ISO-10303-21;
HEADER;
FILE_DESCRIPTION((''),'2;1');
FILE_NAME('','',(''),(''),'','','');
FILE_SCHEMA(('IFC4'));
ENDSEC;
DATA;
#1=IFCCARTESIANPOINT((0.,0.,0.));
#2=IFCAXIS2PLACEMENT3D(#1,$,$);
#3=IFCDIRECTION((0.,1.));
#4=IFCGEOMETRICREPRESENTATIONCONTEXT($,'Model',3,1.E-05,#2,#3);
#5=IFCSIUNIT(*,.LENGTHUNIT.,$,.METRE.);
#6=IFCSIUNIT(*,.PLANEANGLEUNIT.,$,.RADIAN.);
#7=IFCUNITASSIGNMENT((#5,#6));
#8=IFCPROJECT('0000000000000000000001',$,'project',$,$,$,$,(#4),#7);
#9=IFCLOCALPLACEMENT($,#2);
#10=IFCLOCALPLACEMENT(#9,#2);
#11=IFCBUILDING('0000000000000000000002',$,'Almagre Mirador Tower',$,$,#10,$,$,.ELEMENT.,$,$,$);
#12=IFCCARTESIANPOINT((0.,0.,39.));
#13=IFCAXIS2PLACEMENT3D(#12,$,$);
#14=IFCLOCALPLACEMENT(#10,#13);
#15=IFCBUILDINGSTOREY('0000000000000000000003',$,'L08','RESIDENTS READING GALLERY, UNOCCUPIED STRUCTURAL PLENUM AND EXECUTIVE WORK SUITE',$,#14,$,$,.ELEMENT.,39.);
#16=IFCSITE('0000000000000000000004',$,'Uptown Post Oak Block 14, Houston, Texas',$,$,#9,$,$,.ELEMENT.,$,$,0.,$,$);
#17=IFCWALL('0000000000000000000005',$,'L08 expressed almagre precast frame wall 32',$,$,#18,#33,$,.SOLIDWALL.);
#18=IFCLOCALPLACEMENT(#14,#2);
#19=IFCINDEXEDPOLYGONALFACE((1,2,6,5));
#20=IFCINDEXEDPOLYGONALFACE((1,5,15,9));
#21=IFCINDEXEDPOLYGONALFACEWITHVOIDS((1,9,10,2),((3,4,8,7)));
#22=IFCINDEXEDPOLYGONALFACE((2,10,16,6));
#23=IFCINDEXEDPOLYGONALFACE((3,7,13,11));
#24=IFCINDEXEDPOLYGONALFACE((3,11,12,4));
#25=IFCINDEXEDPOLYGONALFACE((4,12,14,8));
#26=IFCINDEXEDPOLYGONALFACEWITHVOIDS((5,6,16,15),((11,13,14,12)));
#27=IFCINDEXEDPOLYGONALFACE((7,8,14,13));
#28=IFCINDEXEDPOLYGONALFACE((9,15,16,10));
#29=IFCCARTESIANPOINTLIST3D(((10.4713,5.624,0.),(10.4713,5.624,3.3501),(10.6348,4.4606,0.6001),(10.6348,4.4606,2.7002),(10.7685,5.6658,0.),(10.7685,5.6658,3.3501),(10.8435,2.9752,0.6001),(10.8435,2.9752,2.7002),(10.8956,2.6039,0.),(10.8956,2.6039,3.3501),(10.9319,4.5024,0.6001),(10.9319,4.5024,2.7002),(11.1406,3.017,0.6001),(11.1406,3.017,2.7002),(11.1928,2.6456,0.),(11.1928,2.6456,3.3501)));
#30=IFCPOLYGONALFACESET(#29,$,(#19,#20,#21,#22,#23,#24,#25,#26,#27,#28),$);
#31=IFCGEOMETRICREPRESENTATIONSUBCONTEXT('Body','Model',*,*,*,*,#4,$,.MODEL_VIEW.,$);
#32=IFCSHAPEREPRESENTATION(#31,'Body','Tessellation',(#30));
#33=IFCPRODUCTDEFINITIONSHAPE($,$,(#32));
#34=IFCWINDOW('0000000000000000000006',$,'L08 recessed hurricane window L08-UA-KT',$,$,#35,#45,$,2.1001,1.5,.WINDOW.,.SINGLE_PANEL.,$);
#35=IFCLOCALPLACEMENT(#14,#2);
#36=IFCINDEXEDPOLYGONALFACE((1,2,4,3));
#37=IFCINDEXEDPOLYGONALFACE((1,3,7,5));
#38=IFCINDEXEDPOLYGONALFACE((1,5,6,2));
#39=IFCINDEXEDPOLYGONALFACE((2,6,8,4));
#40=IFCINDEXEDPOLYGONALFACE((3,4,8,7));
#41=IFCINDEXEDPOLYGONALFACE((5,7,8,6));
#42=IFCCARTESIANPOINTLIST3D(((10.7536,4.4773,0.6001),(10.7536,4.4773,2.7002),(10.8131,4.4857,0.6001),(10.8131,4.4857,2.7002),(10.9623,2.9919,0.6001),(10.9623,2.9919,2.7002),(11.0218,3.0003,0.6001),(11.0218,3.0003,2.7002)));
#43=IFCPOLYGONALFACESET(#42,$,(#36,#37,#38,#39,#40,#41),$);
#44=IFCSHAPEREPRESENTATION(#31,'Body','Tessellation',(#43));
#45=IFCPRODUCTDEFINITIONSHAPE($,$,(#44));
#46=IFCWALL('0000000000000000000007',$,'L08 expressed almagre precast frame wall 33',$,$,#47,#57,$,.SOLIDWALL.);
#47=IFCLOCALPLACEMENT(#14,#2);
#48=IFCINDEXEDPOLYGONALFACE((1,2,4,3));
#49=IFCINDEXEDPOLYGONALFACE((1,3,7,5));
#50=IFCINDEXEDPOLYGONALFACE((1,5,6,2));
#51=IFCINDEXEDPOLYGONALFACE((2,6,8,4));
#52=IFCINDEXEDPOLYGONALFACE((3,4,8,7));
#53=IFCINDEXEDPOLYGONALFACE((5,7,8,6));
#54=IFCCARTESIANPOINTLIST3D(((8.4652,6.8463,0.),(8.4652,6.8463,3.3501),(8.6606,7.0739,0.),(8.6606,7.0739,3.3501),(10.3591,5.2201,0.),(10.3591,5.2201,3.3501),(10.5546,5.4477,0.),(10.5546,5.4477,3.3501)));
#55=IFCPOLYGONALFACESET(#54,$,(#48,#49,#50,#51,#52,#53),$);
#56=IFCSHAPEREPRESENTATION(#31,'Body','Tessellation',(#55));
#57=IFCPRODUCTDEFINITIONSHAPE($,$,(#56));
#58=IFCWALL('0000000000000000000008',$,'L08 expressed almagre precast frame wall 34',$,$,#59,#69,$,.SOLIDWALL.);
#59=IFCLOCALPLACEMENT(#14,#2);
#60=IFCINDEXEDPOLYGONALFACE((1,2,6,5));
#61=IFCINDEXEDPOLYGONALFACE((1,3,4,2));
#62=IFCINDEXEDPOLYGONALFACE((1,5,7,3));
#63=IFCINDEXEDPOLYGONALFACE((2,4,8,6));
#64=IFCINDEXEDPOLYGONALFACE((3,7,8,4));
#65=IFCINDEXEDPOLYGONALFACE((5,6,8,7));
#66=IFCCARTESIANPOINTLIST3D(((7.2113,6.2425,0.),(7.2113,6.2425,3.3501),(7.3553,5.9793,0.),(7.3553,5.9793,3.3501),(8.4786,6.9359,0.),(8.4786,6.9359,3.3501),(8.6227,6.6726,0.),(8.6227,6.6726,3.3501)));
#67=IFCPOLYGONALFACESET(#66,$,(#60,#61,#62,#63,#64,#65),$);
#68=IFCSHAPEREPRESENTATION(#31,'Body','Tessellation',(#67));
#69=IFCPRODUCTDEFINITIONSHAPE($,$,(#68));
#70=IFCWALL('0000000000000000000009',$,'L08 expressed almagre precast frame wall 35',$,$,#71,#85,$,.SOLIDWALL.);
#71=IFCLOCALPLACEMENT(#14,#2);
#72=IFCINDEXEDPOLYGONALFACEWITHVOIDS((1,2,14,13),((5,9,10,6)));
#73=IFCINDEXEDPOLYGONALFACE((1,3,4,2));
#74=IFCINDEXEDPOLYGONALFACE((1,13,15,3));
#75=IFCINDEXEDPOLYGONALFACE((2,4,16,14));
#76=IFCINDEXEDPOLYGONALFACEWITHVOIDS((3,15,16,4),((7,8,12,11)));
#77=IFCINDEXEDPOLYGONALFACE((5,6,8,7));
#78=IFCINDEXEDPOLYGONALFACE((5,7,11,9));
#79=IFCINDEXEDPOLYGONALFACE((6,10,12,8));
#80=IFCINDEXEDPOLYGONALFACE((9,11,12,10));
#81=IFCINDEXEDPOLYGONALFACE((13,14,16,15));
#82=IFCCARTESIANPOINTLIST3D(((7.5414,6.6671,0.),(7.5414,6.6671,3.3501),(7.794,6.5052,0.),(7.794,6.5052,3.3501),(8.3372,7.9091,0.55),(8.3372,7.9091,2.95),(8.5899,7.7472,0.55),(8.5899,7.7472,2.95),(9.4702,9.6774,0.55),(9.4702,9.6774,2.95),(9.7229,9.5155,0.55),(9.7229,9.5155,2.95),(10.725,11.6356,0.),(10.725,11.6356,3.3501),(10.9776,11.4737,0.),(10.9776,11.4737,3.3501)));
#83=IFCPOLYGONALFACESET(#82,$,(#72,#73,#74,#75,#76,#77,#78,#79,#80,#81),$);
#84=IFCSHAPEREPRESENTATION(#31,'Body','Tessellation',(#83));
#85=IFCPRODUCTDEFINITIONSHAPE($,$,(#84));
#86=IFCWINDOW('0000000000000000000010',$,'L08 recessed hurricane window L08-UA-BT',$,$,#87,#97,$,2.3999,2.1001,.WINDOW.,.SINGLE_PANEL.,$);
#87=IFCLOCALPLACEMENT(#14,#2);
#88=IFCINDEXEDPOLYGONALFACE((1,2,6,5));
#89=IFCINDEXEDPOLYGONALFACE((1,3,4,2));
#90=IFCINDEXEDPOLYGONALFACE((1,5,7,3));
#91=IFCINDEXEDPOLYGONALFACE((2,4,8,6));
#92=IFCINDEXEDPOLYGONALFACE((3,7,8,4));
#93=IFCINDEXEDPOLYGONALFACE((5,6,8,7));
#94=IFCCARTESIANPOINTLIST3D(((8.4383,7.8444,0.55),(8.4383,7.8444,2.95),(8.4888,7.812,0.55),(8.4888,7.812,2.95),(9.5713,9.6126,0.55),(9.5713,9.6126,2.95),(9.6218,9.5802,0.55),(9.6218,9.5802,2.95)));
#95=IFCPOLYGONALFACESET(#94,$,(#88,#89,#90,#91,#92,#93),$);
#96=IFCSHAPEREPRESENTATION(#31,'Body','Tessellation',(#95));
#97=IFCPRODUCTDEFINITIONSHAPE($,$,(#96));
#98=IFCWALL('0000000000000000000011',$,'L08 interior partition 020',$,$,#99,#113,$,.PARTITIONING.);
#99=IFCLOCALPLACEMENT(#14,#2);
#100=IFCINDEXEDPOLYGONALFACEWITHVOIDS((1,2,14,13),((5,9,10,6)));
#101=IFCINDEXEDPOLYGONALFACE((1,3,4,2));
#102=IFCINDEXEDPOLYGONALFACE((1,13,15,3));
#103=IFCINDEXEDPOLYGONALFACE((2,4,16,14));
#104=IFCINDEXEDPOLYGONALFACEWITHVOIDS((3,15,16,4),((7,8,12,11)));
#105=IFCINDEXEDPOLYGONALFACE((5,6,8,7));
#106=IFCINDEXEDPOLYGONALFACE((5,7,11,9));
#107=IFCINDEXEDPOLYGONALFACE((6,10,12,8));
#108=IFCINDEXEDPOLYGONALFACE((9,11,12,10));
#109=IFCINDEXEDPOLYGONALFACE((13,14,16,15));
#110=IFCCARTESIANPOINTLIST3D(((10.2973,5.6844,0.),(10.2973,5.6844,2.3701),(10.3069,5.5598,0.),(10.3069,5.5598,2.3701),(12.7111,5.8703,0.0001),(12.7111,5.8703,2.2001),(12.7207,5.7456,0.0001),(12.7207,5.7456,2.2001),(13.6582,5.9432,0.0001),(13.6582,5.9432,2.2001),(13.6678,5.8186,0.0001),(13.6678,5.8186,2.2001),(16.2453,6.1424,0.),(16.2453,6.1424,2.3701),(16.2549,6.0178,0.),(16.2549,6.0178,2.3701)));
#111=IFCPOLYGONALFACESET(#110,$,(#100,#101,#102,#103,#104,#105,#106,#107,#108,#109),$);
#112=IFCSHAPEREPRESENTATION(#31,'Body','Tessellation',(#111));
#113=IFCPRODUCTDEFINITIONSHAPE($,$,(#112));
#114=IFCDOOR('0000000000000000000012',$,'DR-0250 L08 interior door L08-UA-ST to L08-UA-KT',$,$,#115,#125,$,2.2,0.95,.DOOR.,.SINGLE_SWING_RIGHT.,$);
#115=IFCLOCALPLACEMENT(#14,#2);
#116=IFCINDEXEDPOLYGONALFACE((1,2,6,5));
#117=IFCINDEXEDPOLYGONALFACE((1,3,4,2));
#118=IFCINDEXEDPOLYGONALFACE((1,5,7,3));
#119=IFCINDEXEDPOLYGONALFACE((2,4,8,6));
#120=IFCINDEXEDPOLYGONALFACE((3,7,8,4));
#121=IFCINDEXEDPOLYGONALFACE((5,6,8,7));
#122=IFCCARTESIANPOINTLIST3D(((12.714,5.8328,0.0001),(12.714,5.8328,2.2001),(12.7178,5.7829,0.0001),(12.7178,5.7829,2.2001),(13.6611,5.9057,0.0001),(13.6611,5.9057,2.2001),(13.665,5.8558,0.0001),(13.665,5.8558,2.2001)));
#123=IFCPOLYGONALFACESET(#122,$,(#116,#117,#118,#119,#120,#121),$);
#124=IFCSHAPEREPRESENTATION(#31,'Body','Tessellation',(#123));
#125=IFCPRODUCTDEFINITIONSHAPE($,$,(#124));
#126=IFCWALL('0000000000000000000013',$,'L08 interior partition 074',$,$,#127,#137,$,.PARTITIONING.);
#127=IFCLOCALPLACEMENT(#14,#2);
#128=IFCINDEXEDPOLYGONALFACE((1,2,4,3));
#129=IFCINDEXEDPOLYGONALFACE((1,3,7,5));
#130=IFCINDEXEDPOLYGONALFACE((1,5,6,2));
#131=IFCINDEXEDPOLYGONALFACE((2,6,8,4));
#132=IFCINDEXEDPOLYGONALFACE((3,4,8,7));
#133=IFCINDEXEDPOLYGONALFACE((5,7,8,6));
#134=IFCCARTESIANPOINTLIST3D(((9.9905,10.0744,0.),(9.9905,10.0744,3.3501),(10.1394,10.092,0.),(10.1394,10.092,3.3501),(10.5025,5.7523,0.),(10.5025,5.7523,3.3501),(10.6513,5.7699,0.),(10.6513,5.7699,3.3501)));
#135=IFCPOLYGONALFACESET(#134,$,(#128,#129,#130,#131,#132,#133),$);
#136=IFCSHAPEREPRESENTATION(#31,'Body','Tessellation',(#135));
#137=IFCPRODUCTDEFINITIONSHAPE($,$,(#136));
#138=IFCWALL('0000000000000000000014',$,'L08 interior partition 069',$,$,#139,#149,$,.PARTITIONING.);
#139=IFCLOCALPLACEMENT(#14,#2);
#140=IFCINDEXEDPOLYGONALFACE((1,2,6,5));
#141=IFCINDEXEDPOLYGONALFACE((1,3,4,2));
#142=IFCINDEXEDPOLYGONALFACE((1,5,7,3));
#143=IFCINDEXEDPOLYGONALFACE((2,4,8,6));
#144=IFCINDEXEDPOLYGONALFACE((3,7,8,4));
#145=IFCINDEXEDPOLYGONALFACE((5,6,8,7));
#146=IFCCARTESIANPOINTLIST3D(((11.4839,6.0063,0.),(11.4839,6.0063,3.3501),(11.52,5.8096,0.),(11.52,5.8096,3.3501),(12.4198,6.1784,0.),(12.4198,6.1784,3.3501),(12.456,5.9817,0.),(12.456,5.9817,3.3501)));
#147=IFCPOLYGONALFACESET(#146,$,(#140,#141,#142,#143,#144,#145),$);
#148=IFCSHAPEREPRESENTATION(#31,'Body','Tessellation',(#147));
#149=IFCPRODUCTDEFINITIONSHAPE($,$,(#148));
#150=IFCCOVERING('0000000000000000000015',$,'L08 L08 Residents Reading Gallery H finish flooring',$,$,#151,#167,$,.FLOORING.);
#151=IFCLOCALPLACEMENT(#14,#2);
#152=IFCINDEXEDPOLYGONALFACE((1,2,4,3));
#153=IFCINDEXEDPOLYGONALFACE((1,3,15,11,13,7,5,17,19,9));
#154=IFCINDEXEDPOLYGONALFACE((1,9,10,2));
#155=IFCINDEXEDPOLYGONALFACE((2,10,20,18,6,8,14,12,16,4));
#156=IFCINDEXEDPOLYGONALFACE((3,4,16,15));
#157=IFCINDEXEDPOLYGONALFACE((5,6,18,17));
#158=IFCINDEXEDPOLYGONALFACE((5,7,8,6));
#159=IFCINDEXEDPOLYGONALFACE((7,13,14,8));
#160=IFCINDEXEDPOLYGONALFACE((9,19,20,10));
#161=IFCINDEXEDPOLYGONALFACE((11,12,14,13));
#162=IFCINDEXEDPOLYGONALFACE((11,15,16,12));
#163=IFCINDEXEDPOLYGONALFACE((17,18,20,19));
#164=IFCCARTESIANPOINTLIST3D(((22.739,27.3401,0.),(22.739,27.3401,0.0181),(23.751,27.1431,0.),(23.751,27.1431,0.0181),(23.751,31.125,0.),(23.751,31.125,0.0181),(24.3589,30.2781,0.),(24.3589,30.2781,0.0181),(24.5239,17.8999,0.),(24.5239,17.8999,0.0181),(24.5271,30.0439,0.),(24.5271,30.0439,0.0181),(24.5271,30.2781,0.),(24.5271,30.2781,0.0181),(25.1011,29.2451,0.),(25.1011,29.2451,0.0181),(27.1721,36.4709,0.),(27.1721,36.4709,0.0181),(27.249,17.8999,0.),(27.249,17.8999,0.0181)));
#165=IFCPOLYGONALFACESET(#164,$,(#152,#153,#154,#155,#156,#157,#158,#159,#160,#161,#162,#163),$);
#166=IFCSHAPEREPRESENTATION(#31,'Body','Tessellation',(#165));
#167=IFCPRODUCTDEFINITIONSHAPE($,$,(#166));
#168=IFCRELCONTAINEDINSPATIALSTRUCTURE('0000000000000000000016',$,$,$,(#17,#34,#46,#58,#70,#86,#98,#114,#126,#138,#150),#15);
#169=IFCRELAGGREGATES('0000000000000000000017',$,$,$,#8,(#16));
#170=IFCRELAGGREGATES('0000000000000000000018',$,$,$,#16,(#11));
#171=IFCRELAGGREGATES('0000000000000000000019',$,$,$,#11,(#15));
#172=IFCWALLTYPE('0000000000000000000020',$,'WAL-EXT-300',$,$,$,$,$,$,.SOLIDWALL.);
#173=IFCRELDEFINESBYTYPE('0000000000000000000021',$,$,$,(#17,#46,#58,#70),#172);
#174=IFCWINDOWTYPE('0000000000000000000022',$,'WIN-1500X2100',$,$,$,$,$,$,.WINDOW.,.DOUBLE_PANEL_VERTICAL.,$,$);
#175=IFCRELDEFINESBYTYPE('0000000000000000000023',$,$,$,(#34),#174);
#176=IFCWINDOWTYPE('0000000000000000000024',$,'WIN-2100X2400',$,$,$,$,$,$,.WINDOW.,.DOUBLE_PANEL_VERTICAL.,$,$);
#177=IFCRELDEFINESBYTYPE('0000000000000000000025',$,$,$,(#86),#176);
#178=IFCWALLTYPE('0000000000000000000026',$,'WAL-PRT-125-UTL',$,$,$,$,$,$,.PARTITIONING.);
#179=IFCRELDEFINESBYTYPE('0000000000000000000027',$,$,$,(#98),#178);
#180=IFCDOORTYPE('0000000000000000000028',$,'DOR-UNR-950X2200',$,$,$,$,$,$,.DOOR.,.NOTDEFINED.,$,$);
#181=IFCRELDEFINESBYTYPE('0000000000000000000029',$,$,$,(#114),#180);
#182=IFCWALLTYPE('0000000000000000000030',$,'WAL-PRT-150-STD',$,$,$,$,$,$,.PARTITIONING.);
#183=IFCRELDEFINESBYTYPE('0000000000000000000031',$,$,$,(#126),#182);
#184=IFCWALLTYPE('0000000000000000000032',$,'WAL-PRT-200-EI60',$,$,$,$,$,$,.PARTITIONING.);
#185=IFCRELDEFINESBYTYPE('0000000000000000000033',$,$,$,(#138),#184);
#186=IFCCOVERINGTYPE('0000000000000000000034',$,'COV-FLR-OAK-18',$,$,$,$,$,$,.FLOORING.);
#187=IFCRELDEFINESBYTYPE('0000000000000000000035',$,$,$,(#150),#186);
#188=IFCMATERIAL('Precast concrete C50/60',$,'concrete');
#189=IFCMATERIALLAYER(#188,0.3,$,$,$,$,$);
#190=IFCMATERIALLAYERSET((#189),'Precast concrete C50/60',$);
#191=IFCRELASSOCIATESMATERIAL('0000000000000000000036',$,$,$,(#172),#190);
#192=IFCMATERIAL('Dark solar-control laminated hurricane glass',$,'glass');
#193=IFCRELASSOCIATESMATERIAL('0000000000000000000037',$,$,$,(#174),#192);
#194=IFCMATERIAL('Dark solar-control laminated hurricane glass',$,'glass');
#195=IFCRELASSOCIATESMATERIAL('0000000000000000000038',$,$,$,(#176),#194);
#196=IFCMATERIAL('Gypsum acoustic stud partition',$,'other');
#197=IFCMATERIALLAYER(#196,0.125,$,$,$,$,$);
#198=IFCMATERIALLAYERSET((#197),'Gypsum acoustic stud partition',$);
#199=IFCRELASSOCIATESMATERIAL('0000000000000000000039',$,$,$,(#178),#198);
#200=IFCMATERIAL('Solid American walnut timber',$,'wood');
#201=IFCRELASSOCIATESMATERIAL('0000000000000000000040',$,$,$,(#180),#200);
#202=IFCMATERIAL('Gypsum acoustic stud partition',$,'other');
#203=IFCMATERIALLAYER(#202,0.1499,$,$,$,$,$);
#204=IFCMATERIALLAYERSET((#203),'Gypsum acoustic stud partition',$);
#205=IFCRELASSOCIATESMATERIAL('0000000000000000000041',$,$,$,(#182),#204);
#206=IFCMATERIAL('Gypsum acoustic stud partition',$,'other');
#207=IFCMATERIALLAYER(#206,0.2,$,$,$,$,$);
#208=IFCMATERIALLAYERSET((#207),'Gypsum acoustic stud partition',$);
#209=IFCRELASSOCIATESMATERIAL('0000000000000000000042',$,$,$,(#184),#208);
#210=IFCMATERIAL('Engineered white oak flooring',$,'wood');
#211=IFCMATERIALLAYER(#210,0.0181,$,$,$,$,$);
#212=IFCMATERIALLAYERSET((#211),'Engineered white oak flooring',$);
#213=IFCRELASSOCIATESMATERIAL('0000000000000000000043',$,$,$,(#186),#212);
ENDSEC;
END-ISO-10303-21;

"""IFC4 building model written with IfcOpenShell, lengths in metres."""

from ifc_helpers import new_model, si_unit, direction, frame, frame_2d, origin, place, context, subcontext, project, spatial, polyline, rectangle, outline, extrude, material, layer, layer_set, type_object, element, fill, save


model = new_model("IFC4")

# Units and contexts
model_context = context("Model", 3, precision=1e-05, world=origin(), true_north=direction((0.0, 1.0)))
body_context = subcontext(model_context, "Body", "Model", "MODEL_VIEW")
ifc_project = project(units=[si_unit("LENGTHUNIT", "METRE"), si_unit("PLANEANGLEUNIT", "RADIAN")], contexts=[model_context])

# Site, building, storey
site_placement = place(None, origin())
site = spatial("IfcSite", under=ifc_project, at=site_placement, Name="Uptown Post Oak Block 14, Houston, Texas", CompositionType="ELEMENT", RefElevation=0.0)
building_placement = place(site_placement, origin())
building = spatial("IfcBuilding", under=site, at=building_placement, Name="Almagre Mirador Tower", CompositionType="ELEMENT")
storey_placement = place(building_placement, frame((0.0, 0.0, 39.0)))
storey = spatial("IfcBuildingStorey", under=building, at=storey_placement, Name="L08", Description="RESIDENTS READING GALLERY, UNOCCUPIED STRUCTURAL PLENUM AND EXECUTIVE WORK SUITE", CompositionType="ELEMENT", Elevation=39.0)

# Shared definitions
ifc_material_1 = material(Name="Precast concrete C50/60", Category="concrete")
ifc_layer_1 = layer(ifc_material_1, 0.3)
ifc_layer_set_1 = layer_set([ifc_layer_1], Name="Precast concrete C50/60")
wall_type_1 = type_object("IfcWallType", Name="WAL-EXT-300", PredefinedType="SOLIDWALL", material=ifc_layer_set_1)

# Wall, opening, window
wall_1_placement = place(storey_placement, frame((11.0442, 2.6248, 0.0), z_axis=(0.0, 0.0, 1.0), x_axis=(-0.139124, 0.990275, 0.0)))
wall_1 = element("IfcWall", 1, at=wall_1_placement, inside=storey, type_object=wall_type_1, Name="L08 expressed almagre precast frame wall 32", PredefinedType="SOLIDWALL", context=body_context, shape_type="SweptSolid", body=[
    extrude(rectangle(XDim=3.0498, YDim=0.3, at=frame_2d((1.5249, 0.0))), origin(), (0.0, 0.0, 1.0), 3.3501),
])
opening_1_placement = place(wall_1_placement, frame((0.375, 0.0, 0.6001)))
opening_1 = element("IfcOpeningElement", 2, at=opening_1_placement, cuts=wall_1, PredefinedType="OPENING", context=body_context, shape_type="SweptSolid", body=[
    extrude(rectangle(XDim=1.5, YDim=2.1001, at=frame_2d((0.75, 1.05))), frame((0.0, 0.1599, 0.0), z_axis=(0.0, -1.0, 0.0), x_axis=(1.0, 0.0, 0.0)), (0.0, 0.0, 1.0), 0.32),
])
ifc_material_2 = material(Name="Dark solar-control laminated hurricane glass", Category="glass")
window_type_1 = type_object("IfcWindowType", Name="WIN-1500X2100", PartitioningType="DOUBLE_PANEL_VERTICAL", PredefinedType="WINDOW", material=ifc_material_2)
window_1_placement = place(opening_1_placement, origin())
window_1 = element("IfcWindow", 3, at=window_1_placement, inside=storey, type_object=window_type_1, Name="L08 recessed hurricane window L08-UA-KT", OverallHeight=2.1001, OverallWidth=1.5, PartitioningType="SINGLE_PANEL", PredefinedType="WINDOW", context=body_context, shape_type="SweptSolid", body=[
    extrude(rectangle(XDim=1.5, YDim=2.1001, at=frame_2d((0.75, 1.05))), frame((0.0, 0.03, 0.0), z_axis=(0.0, -1.0, 0.0), x_axis=(1.0, 0.0, 0.0)), (0.0, 0.0, 1.0), 0.0601),
])
fill(opening_1, window_1)

# Walls
wall_2_placement = place(storey_placement, frame((10.4568, 5.334, 0.0), z_axis=(0.0, 0.0, 1.0), x_axis=(-0.758711, 0.651427, 0.0)))
element("IfcWall", 4, at=wall_2_placement, inside=storey, type_object=wall_type_1, Name="L08 expressed almagre precast frame wall 33", PredefinedType="SOLIDWALL", context=body_context, shape_type="SweptSolid", body=[
    extrude(rectangle(XDim=2.4963, YDim=0.3, at=frame_2d((1.248, 0.0))), origin(), (0.0, 0.0, 1.0), 3.3501),
])
wall_3_placement = place(storey_placement, frame((8.5505, 6.8042, 0.0), z_axis=(0.0, 0.0, 1.0), x_axis=(-0.877288, -0.479965, 0.0)))
element("IfcWall", 5, at=wall_3_placement, inside=storey, type_object=wall_type_1, Name="L08 expressed almagre precast frame wall 34", PredefinedType="SOLIDWALL", context=body_context, shape_type="SweptSolid", body=[
    extrude(rectangle(XDim=1.4446, YDim=0.3, at=frame_2d((0.7222, 0.0))), origin(), (0.0, 0.0, 1.0), 3.3501),
])

# Wall, opening, window
wall_4_placement = place(storey_placement, frame((7.6677, 6.5862, 0.0), z_axis=(0.0, 0.0, 1.0), x_axis=(0.539504, 0.841983, 0.0)))
wall_4 = element("IfcWall", 6, at=wall_4_placement, inside=storey, type_object=wall_type_1, Name="L08 expressed almagre precast frame wall 35", PredefinedType="SOLIDWALL", context=body_context, shape_type="SweptSolid", body=[
    extrude(rectangle(XDim=5.9009, YDim=0.3, at=frame_2d((2.9504, 0.0))), origin(), (0.0, 0.0, 1.0), 3.3501),
])
opening_2_placement = place(wall_4_placement, frame((1.4751, 0.0, 0.55)))
opening_2 = element("IfcOpeningElement", 7, at=opening_2_placement, cuts=wall_4, PredefinedType="OPENING", context=body_context, shape_type="SweptSolid", body=[
    extrude(rectangle(XDim=2.1001, YDim=2.3999, at=frame_2d((1.05, 1.2))), frame((0.0, 0.1599, 0.0), z_axis=(0.0, -1.0, 0.0), x_axis=(1.0, 0.0, 0.0)), (0.0, 0.0, 1.0), 0.32),
])
ifc_material_3 = material(Name="Dark solar-control laminated hurricane glass", Category="glass")
window_type_2 = type_object("IfcWindowType", Name="WIN-2100X2400", PartitioningType="DOUBLE_PANEL_VERTICAL", PredefinedType="WINDOW", material=ifc_material_3)
window_2_placement = place(opening_2_placement, origin())
window_2 = element("IfcWindow", 8, at=window_2_placement, inside=storey, type_object=window_type_2, Name="L08 recessed hurricane window L08-UA-BT", OverallHeight=2.3999, OverallWidth=2.1001, PartitioningType="SINGLE_PANEL", PredefinedType="WINDOW", context=body_context, shape_type="SweptSolid", body=[
    extrude(rectangle(XDim=2.1001, YDim=2.3999, at=frame_2d((1.05, 1.2))), frame((0.0, 0.03, 0.0), z_axis=(0.0, -1.0, 0.0), x_axis=(1.0, 0.0, 0.0)), (0.0, 0.0, 1.0), 0.0601),
])
fill(opening_2, window_2)

# Wall, opening, door
ifc_material_4 = material(Name="Gypsum acoustic stud partition", Category="other")
ifc_layer_2 = layer(ifc_material_4, 0.125)
ifc_layer_set_2 = layer_set([ifc_layer_2], Name="Gypsum acoustic stud partition")
wall_type_2 = type_object("IfcWallType", Name="WAL-PRT-125-UTL", PredefinedType="PARTITIONING", material=ifc_layer_set_2)
wall_5_placement = place(storey_placement, frame((10.302, 5.6221, 0.0), z_axis=(0.0, 0.0, 1.0), x_axis=(0.997048, 0.076775, 0.0)))
wall_5 = element("IfcWall", 9, at=wall_5_placement, inside=storey, type_object=wall_type_2, Name="L08 interior partition 020", PredefinedType="PARTITIONING", context=body_context, shape_type="SweptSolid", body=[
    extrude(rectangle(XDim=5.9656, YDim=0.125, at=frame_2d((2.9829, 0.0))), origin(), (0.0, 0.0, 1.0), 2.3701),
])
opening_3_placement = place(wall_5_placement, frame((2.4209, 0.0, 0.0)))
opening_3 = element("IfcOpeningElement", 10, at=opening_3_placement, cuts=wall_5, PredefinedType="OPENING", context=body_context, shape_type="SweptSolid", body=[
    extrude(rectangle(XDim=0.95, YDim=2.2, at=frame_2d((0.4751, 1.1001))), frame((0.0, 0.0725, 0.0), z_axis=(0.0, -1.0, 0.0), x_axis=(1.0, 0.0, 0.0)), (0.0, 0.0, 1.0), 0.145),
])
ifc_material_5 = material(Name="Solid American walnut timber", Category="wood")
door_type = type_object("IfcDoorType", Name="DOR-UNR-950X2200", OperationType="NOTDEFINED", PredefinedType="DOOR", material=ifc_material_5)
door_placement = place(opening_3_placement, origin())
door = element("IfcDoor", 11, at=door_placement, inside=storey, type_object=door_type, Name="DR-0250 L08 interior door L08-UA-ST to L08-UA-KT", OperationType="SINGLE_SWING_RIGHT", OverallHeight=2.2, OverallWidth=0.95, PredefinedType="DOOR", context=body_context, shape_type="SweptSolid", body=[
    extrude(rectangle(XDim=0.95, YDim=2.2, at=frame_2d((0.4751, 1.1001))), frame((0.0, 0.0249, 0.0), z_axis=(0.0, -1.0, 0.0), x_axis=(1.0, 0.0, 0.0)), (0.0, 0.0, 1.0), 0.05),
])
fill(opening_3, door)

# Walls
ifc_material_6 = material(Name="Gypsum acoustic stud partition", Category="other")
ifc_layer_3 = layer(ifc_material_6, 0.1499)
ifc_layer_set_3 = layer_set([ifc_layer_3], Name="Gypsum acoustic stud partition")
wall_type_3 = type_object("IfcWallType", Name="WAL-PRT-150-STD", PredefinedType="PARTITIONING", material=ifc_layer_set_3)
wall_6_placement = place(storey_placement, frame((10.5769, 5.761, 0.0), z_axis=(0.0, 0.0, 1.0), x_axis=(-0.117632, 0.993057, 0.0)))
element("IfcWall", 12, at=wall_6_placement, inside=storey, type_object=wall_type_3, Name="L08 interior partition 074", PredefinedType="PARTITIONING", context=body_context, shape_type="SweptSolid", body=[
    extrude(rectangle(XDim=4.3523, YDim=0.1499, at=frame_2d((2.1763, 0.0))), origin(), (0.0, 0.0, 1.0), 3.3501),
])
ifc_material_7 = material(Name="Gypsum acoustic stud partition", Category="other")
ifc_layer_4 = layer(ifc_material_7, 0.2)
ifc_layer_set_4 = layer_set([ifc_layer_4], Name="Gypsum acoustic stud partition")
wall_type_4 = type_object("IfcWallType", Name="WAL-PRT-200-EI60", PredefinedType="PARTITIONING", material=ifc_layer_set_4)
wall_7_placement = place(storey_placement, frame((11.502, 5.908, 0.0), z_axis=(0.0, 0.0, 1.0), x_axis=(0.983511, 0.180849, 0.0)))
element("IfcWall", 13, at=wall_7_placement, inside=storey, type_object=wall_type_4, Name="L08 interior partition 069", PredefinedType="PARTITIONING", context=body_context, shape_type="SweptSolid", body=[
    extrude(rectangle(XDim=0.9517, YDim=0.2, at=frame_2d((0.4758, 0.0))), origin(), (0.0, 0.0, 1.0), 3.3501),
])

# Covering
ifc_material_8 = material(Name="Engineered white oak flooring", Category="wood")
ifc_layer_5 = layer(ifc_material_8, 0.0181)
ifc_layer_set_5 = layer_set([ifc_layer_5], Name="Engineered white oak flooring")
covering_type = type_object("IfcCoveringType", Name="COV-FLR-OAK-18", PredefinedType="FLOORING", material=ifc_layer_set_5)
covering_1_placement = place(storey_placement, origin())
element("IfcCovering", 14, at=covering_1_placement, inside=storey, type_object=covering_type, Name="L08 L08 Residents Reading Gallery H finish flooring", PredefinedType="FLOORING", context=body_context, shape_type="SweptSolid", body=[
    extrude(outline(polyline([(24.5239, 17.8999), (22.739, 27.3401), (23.751, 27.1431), (25.1011, 29.2451), (24.5271, 30.0439), (24.5271, 30.2781), (24.3589, 30.2781), (23.751, 31.125), (27.1721, 36.4709), (27.249, 17.8999), (24.5239, 17.8999)])), origin(), (0.0, 0.0, 1.0), 0.0181),
])

save(model, "model.ifc")
